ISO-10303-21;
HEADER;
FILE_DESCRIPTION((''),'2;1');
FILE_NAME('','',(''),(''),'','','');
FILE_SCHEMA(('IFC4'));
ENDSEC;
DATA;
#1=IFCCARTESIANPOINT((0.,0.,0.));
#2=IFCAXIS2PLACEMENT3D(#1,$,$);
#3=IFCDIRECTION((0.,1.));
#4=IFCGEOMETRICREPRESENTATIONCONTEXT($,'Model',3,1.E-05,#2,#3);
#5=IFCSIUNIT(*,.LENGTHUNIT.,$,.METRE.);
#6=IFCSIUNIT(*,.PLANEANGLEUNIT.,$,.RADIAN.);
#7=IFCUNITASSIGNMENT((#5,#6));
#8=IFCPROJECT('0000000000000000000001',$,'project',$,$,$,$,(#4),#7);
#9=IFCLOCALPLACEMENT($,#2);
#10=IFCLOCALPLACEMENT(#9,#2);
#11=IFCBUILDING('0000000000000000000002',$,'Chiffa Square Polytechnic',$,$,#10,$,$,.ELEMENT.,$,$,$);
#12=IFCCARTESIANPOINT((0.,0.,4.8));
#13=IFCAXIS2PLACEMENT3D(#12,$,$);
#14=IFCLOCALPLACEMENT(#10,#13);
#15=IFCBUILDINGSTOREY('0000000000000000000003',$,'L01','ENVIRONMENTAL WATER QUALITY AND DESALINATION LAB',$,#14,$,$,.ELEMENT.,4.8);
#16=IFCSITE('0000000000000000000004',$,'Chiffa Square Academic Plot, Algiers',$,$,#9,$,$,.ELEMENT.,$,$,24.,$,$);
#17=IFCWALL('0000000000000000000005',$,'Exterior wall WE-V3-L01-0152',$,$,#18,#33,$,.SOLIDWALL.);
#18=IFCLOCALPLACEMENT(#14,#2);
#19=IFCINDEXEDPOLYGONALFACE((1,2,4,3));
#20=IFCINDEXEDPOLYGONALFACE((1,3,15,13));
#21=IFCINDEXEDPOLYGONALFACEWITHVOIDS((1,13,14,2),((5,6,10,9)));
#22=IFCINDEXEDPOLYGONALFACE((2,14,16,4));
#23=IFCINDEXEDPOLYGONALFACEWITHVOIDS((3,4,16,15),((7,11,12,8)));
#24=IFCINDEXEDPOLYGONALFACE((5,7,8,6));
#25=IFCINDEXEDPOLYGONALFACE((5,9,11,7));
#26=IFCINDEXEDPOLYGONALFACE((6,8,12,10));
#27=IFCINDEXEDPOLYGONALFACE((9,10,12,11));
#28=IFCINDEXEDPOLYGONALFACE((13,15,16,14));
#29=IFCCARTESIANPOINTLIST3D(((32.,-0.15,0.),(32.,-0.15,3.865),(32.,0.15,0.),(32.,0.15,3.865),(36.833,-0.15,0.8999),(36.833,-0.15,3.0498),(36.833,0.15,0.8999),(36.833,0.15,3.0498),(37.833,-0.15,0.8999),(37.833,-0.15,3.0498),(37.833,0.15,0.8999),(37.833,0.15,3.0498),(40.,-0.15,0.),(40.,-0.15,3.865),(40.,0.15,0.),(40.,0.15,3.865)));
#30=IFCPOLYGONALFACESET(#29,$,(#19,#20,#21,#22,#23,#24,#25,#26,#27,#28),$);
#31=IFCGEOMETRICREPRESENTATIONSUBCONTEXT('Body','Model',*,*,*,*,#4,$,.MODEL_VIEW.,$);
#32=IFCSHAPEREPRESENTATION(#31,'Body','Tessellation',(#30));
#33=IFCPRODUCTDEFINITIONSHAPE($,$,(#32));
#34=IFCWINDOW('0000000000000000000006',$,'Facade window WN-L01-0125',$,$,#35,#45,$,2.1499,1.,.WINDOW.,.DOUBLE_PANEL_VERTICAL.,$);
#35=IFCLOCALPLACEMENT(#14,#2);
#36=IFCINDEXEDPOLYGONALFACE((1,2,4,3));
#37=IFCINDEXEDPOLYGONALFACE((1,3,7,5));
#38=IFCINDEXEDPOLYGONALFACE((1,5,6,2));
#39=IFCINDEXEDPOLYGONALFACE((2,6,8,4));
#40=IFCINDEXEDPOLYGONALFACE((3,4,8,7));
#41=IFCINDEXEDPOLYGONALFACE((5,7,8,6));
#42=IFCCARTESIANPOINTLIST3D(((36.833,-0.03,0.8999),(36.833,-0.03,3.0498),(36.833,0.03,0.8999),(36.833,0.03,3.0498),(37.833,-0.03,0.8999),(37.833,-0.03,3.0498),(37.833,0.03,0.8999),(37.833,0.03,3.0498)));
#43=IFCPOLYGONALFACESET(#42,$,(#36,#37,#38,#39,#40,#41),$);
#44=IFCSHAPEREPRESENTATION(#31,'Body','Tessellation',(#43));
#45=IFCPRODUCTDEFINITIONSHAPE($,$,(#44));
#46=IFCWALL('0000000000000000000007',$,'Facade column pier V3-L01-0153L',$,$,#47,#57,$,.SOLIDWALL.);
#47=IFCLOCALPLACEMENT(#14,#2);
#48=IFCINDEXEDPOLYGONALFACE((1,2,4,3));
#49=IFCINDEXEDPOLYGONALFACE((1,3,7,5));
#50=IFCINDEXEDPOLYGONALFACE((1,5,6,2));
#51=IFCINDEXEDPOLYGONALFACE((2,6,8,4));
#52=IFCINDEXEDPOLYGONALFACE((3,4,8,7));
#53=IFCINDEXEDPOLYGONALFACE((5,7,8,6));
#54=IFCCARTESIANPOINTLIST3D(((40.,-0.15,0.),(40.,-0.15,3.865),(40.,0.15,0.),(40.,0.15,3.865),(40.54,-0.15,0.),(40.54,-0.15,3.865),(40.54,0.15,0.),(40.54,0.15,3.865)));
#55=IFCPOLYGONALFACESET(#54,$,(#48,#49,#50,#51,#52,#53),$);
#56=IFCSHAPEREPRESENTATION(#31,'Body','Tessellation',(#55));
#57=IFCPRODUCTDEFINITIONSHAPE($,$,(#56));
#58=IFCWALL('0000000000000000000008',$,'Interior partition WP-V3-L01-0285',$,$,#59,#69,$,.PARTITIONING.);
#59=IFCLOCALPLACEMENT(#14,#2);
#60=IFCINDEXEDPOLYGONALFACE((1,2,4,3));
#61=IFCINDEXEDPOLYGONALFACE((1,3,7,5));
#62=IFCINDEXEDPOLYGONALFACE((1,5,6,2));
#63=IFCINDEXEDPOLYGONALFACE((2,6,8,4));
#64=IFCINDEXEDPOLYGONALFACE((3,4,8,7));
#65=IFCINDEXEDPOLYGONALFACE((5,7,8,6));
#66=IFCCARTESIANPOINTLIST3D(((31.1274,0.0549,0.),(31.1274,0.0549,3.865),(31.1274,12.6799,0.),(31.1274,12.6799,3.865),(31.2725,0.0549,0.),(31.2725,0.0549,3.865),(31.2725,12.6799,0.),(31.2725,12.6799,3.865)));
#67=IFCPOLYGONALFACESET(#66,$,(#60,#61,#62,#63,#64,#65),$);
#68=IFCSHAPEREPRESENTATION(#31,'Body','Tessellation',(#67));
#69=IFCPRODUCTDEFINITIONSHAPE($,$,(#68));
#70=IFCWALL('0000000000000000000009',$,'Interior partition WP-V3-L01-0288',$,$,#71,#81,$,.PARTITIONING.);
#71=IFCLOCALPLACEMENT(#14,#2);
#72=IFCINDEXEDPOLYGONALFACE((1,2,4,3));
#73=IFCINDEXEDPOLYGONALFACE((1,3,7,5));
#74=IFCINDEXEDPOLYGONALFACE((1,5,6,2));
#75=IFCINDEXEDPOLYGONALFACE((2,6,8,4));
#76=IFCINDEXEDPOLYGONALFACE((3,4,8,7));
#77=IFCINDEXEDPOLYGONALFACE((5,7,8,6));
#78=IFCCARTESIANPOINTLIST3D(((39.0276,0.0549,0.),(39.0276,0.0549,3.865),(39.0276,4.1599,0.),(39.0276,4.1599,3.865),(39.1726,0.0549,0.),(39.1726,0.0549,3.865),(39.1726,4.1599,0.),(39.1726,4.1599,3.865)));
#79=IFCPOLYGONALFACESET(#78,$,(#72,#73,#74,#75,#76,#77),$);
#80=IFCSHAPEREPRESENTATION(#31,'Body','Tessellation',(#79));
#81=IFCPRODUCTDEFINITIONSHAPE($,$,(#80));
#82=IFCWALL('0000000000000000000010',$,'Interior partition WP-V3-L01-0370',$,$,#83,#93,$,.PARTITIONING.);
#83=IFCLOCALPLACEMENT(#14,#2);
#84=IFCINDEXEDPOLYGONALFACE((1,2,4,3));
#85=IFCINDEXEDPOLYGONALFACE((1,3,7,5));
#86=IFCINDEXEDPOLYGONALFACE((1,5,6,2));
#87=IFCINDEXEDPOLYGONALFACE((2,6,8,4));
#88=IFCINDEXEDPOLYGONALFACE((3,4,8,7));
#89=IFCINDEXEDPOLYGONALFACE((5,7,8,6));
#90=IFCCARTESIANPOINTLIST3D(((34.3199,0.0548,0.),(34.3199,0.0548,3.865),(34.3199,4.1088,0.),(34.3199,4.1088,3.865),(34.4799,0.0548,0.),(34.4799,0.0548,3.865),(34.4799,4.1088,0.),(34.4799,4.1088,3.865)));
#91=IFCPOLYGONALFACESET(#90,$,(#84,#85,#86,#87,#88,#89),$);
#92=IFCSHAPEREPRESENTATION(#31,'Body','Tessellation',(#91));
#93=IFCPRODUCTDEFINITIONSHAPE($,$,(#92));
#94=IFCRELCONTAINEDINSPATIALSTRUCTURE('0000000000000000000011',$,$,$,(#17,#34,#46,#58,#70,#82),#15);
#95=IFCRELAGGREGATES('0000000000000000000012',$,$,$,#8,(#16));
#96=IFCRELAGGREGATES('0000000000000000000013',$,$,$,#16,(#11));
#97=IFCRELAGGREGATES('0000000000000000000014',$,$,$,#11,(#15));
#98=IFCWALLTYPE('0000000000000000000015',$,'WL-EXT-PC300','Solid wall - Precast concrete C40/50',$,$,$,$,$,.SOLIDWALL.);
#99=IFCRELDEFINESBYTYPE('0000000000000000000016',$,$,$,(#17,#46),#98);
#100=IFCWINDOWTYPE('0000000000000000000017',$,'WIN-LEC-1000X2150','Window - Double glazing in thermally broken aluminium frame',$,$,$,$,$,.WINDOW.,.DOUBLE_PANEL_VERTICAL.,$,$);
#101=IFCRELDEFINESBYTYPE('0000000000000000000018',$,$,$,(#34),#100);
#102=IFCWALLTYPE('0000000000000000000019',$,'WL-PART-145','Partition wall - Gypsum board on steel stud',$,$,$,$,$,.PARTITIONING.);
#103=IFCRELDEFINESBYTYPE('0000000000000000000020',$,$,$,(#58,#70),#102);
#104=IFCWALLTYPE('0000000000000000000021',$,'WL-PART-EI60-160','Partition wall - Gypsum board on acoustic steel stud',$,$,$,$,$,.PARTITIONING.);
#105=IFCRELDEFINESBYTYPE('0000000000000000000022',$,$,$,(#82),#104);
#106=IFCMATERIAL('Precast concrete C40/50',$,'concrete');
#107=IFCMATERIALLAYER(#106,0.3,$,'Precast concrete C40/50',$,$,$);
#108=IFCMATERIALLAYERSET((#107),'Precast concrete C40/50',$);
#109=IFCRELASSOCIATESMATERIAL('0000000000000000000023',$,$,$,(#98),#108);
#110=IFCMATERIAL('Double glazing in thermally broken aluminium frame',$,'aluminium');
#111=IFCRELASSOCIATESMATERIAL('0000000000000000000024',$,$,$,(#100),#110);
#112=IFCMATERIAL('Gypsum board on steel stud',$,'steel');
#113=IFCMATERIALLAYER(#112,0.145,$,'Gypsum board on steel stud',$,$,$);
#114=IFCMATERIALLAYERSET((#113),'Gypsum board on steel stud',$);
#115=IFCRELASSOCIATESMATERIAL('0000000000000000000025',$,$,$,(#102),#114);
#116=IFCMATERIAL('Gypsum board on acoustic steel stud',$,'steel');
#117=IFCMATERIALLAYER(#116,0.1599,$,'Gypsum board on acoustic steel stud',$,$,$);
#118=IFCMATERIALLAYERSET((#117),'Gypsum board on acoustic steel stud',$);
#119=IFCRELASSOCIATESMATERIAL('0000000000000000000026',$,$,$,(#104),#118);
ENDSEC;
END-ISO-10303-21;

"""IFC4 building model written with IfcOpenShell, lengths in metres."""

from ifc_helpers import new_model, si_unit, direction, frame, frame_2d, origin, place, context, subcontext, project, spatial, rectangle, extrude, material, layer, layer_set, type_object, element, fill, save


model = new_model("IFC4")

# Units and contexts
model_context = context("Model", 3, precision=1e-05, world=origin(), true_north=direction((0.0, 1.0)))
body_context = subcontext(model_context, "Body", "Model", "MODEL_VIEW")
ifc_project = project(units=[si_unit("LENGTHUNIT", "METRE"), si_unit("PLANEANGLEUNIT", "RADIAN")], contexts=[model_context])

# Site, building, storey
site_placement = place(None, origin())
site = spatial("IfcSite", under=ifc_project, at=site_placement, Name="Chiffa Square Academic Plot, Algiers", CompositionType="ELEMENT", RefElevation=24.0)
building_placement = place(site_placement, origin())
building = spatial("IfcBuilding", under=site, at=building_placement, Name="Chiffa Square Polytechnic", CompositionType="ELEMENT")
storey_placement = place(building_placement, frame((0.0, 0.0, 4.8)))
storey = spatial("IfcBuildingStorey", under=building, at=storey_placement, Name="L01", Description="ENVIRONMENTAL WATER QUALITY AND DESALINATION LAB", CompositionType="ELEMENT", Elevation=4.8)

# Wall, opening, window
ifc_material_1 = material(Name="Precast concrete C40/50", Category="concrete")
ifc_layer_1 = layer(ifc_material_1, 0.3, Name="Precast concrete C40/50")
ifc_layer_set_1 = layer_set([ifc_layer_1], Name="Precast concrete C40/50")
wall_type_1 = type_object("IfcWallType", Name="WL-EXT-PC300", Description="Solid wall - Precast concrete C40/50", PredefinedType="SOLIDWALL", material=ifc_layer_set_1)
wall_1_placement = place(storey_placement, frame((32.0, 0.0, 0.0), z_axis=(0.0, 0.0, 1.0), x_axis=(1.0, 0.0, 0.0)))
wall_1 = element("IfcWall", 1, at=wall_1_placement, inside=storey, type_object=wall_type_1, Name="Exterior wall WE-V3-L01-0152", PredefinedType="SOLIDWALL", context=body_context, shape_type="SweptSolid", body=[
    extrude(rectangle(XDim=8.0, YDim=0.3, at=frame_2d((4.0, 0.0))), origin(), (0.0, 0.0, 1.0), 3.865),
])
opening_placement = place(wall_1_placement, frame((4.833, 0.0, 0.8999)))
opening = element("IfcOpeningElement", 2, at=opening_placement, cuts=wall_1, PredefinedType="OPENING", context=body_context, shape_type="SweptSolid", body=[
    extrude(rectangle(XDim=1.0, YDim=2.1499, at=frame_2d((0.5, 1.075))), frame((0.0, 0.1602, 0.0), z_axis=(0.0, -1.0, 0.0), x_axis=(1.0, 0.0, 0.0)), (0.0, 0.0, 1.0), 0.3201),
])
ifc_material_2 = material(Name="Double glazing in thermally broken aluminium frame", Category="aluminium")
window_type = type_object("IfcWindowType", Name="WIN-LEC-1000X2150", Description="Window - Double glazing in thermally broken aluminium frame", PartitioningType="DOUBLE_PANEL_VERTICAL", PredefinedType="WINDOW", material=ifc_material_2)
window_placement = place(opening_placement, origin())
window = element("IfcWindow", 3, at=window_placement, inside=storey, type_object=window_type, Name="Facade window WN-L01-0125", OverallHeight=2.1499, OverallWidth=1.0, PartitioningType="DOUBLE_PANEL_VERTICAL", PredefinedType="WINDOW", context=body_context, shape_type="SweptSolid", body=[
    extrude(rectangle(XDim=1.0, YDim=2.1499, at=frame_2d((0.5, 1.075))), frame((0.0, 0.03, 0.0), z_axis=(0.0, -1.0, 0.0), x_axis=(1.0, 0.0, 0.0)), (0.0, 0.0, 1.0), 0.0601),
])
fill(opening, window)

# Walls
wall_2_placement = place(storey_placement, frame((40.0, 0.0, 0.0), z_axis=(0.0, 0.0, 1.0), x_axis=(1.0, 0.0, 0.0)))
element("IfcWall", 4, at=wall_2_placement, inside=storey, type_object=wall_type_1, Name="Facade column pier V3-L01-0153L", PredefinedType="SOLIDWALL", context=body_context, shape_type="SweptSolid", body=[
    extrude(rectangle(XDim=0.54, YDim=0.3, at=frame_2d((0.27, 0.0))), origin(), (0.0, 0.0, 1.0), 3.865),
])
ifc_material_3 = material(Name="Gypsum board on steel stud", Category="steel")
ifc_layer_2 = layer(ifc_material_3, 0.145, Name="Gypsum board on steel stud")
ifc_layer_set_2 = layer_set([ifc_layer_2], Name="Gypsum board on steel stud")
wall_type_2 = type_object("IfcWallType", Name="WL-PART-145", Description="Partition wall - Gypsum board on steel stud", PredefinedType="PARTITIONING", material=ifc_layer_set_2)
wall_3_placement = place(storey_placement, frame((31.2, 0.0549, 0.0), z_axis=(0.0, 0.0, 1.0), x_axis=(0.0, 1.0, 0.0)))
element("IfcWall", 5, at=wall_3_placement, inside=storey, type_object=wall_type_2, Name="Interior partition WP-V3-L01-0285", PredefinedType="PARTITIONING", context=body_context, shape_type="SweptSolid", body=[
    extrude(rectangle(XDim=12.625, YDim=0.145, at=frame_2d((6.3125, 0.0))), origin(), (0.0, 0.0, 1.0), 3.865),
])
wall_4_placement = place(storey_placement, frame((39.1001, 0.0549, 0.0), z_axis=(0.0, 0.0, 1.0), x_axis=(0.0, 1.0, 0.0)))
element("IfcWall", 6, at=wall_4_placement, inside=storey, type_object=wall_type_2, Name="Interior partition WP-V3-L01-0288", PredefinedType="PARTITIONING", context=body_context, shape_type="SweptSolid", body=[
    extrude(rectangle(XDim=4.105, YDim=0.145, at=frame_2d((2.0525, 0.0))), origin(), (0.0, 0.0, 1.0), 3.865),
])
ifc_material_4 = material(Name="Gypsum board on acoustic steel stud", Category="steel")
ifc_layer_3 = layer(ifc_material_4, 0.1599, Name="Gypsum board on acoustic steel stud")
ifc_layer_set_3 = layer_set([ifc_layer_3], Name="Gypsum board on acoustic steel stud")
wall_type_3 = type_object("IfcWallType", Name="WL-PART-EI60-160", Description="Partition wall - Gypsum board on acoustic steel stud", PredefinedType="PARTITIONING", material=ifc_layer_set_3)
wall_5_placement = place(storey_placement, frame((34.3999, 0.0549, 0.0), z_axis=(0.0, 0.0, 1.0), x_axis=(0.0, 1.0, 0.0)))
element("IfcWall", 7, at=wall_5_placement, inside=storey, type_object=wall_type_3, Name="Interior partition WP-V3-L01-0370", PredefinedType="PARTITIONING", context=body_context, shape_type="SweptSolid", body=[
    extrude(rectangle(XDim=4.054, YDim=0.1599, at=frame_2d((2.0269, 0.0))), origin(), (0.0, 0.0, 1.0), 3.865),
])

save(model, "model.ifc")
